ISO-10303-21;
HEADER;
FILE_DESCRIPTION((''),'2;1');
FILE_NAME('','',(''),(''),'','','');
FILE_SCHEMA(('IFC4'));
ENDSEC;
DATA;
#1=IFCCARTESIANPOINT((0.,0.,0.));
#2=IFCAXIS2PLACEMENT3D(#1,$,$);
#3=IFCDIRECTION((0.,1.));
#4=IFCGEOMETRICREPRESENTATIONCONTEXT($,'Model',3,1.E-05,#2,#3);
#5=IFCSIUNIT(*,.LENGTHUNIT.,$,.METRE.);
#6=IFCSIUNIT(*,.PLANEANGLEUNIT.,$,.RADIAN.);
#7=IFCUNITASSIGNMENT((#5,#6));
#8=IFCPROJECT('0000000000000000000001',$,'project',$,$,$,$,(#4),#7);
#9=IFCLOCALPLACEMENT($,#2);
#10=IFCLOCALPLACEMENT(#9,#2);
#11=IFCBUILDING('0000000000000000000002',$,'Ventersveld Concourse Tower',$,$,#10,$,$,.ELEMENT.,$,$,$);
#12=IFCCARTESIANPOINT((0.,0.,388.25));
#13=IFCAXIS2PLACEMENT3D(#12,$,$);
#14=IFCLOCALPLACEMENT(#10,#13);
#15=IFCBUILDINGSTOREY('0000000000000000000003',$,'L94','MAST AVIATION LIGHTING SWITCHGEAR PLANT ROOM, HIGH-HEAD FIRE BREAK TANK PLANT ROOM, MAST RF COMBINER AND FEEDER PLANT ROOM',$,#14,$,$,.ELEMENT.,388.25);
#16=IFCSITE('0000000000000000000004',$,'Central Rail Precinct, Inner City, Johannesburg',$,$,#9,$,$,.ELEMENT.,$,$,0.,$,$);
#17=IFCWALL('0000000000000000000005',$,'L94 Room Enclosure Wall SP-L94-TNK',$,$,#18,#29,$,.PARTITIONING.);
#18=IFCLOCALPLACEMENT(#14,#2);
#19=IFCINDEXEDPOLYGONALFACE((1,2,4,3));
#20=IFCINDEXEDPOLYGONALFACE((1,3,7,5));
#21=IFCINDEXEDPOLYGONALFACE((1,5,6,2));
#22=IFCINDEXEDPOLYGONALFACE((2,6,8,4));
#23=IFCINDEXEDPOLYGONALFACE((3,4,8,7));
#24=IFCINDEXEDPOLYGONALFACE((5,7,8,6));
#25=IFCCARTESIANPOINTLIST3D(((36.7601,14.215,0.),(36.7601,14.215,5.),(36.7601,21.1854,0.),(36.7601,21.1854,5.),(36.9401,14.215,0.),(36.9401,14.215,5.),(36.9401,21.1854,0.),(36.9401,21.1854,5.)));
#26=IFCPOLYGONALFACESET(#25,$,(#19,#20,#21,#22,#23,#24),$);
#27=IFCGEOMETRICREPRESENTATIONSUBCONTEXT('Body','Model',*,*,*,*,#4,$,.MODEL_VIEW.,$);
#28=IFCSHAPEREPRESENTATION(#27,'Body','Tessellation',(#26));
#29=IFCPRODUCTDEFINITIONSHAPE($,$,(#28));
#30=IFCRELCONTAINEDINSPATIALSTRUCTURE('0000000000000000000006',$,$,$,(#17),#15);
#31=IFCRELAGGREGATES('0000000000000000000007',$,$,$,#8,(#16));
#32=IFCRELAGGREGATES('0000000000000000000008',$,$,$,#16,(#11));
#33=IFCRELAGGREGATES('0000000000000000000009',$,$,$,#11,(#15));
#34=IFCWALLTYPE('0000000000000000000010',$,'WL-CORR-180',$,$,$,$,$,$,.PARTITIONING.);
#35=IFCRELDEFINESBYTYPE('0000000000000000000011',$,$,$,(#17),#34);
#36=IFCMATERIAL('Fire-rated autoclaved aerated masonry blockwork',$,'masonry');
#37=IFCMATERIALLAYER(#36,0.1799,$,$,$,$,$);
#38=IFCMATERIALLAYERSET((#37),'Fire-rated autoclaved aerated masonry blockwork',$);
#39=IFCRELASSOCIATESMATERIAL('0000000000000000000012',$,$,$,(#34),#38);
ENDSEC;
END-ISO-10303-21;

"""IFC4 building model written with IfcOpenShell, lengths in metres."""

from ifc_helpers import new_model, si_unit, direction, frame, frame_2d, origin, place, context, subcontext, project, spatial, rectangle, extrude, material, layer, layer_set, type_object, element, save


model = new_model("IFC4")

# Units and contexts
model_context = context("Model", 3, precision=1e-05, world=origin(), true_north=direction((0.0, 1.0)))
body_context = subcontext(model_context, "Body", "Model", "MODEL_VIEW")
ifc_project = project(units=[si_unit("LENGTHUNIT", "METRE"), si_unit("PLANEANGLEUNIT", "RADIAN")], contexts=[model_context])

# Site, building, storey
site_placement = place(None, origin())
site = spatial("IfcSite", under=ifc_project, at=site_placement, Name="Central Rail Precinct, Inner City, Johannesburg", CompositionType="ELEMENT", RefElevation=0.0)
building_placement = place(site_placement, origin())
building = spatial("IfcBuilding", under=site, at=building_placement, Name="Ventersveld Concourse Tower", CompositionType="ELEMENT")
storey_placement = place(building_placement, frame((0.0, 0.0, 388.25)))
storey = spatial("IfcBuildingStorey", under=building, at=storey_placement, Name="L94", Description="MAST AVIATION LIGHTING SWITCHGEAR PLANT ROOM, HIGH-HEAD FIRE BREAK TANK PLANT ROOM, MAST RF COMBINER AND FEEDER PLANT ROOM", CompositionType="ELEMENT", Elevation=388.25)

# Shared definitions
ifc_material_1 = material(Name="Fire-rated autoclaved aerated masonry blockwork", Category="masonry")
ifc_layer_1 = layer(ifc_material_1, 0.1799)
ifc_layer_set_1 = layer_set([ifc_layer_1], Name="Fire-rated autoclaved aerated masonry blockwork")
wall_type = type_object("IfcWallType", Name="WL-CORR-180", PredefinedType="PARTITIONING", material=ifc_layer_set_1)

# Wall
wall_1_placement = place(storey_placement, frame((36.8501, 21.1855, 0.0), z_axis=(0.0, 0.0, 1.0), x_axis=(0.0, -1.0, 0.0)))
element("IfcWall", 1, at=wall_1_placement, inside=storey, type_object=wall_type, Name="L94 Room Enclosure Wall SP-L94-TNK", PredefinedType="PARTITIONING", context=body_context, shape_type="SweptSolid", body=[
    extrude(rectangle(XDim=6.9705, YDim=0.1799, at=frame_2d((3.4854, 0.0))), origin(), (0.0, 0.0, 1.0), 5.0),
])

save(model, "model.ifc")
